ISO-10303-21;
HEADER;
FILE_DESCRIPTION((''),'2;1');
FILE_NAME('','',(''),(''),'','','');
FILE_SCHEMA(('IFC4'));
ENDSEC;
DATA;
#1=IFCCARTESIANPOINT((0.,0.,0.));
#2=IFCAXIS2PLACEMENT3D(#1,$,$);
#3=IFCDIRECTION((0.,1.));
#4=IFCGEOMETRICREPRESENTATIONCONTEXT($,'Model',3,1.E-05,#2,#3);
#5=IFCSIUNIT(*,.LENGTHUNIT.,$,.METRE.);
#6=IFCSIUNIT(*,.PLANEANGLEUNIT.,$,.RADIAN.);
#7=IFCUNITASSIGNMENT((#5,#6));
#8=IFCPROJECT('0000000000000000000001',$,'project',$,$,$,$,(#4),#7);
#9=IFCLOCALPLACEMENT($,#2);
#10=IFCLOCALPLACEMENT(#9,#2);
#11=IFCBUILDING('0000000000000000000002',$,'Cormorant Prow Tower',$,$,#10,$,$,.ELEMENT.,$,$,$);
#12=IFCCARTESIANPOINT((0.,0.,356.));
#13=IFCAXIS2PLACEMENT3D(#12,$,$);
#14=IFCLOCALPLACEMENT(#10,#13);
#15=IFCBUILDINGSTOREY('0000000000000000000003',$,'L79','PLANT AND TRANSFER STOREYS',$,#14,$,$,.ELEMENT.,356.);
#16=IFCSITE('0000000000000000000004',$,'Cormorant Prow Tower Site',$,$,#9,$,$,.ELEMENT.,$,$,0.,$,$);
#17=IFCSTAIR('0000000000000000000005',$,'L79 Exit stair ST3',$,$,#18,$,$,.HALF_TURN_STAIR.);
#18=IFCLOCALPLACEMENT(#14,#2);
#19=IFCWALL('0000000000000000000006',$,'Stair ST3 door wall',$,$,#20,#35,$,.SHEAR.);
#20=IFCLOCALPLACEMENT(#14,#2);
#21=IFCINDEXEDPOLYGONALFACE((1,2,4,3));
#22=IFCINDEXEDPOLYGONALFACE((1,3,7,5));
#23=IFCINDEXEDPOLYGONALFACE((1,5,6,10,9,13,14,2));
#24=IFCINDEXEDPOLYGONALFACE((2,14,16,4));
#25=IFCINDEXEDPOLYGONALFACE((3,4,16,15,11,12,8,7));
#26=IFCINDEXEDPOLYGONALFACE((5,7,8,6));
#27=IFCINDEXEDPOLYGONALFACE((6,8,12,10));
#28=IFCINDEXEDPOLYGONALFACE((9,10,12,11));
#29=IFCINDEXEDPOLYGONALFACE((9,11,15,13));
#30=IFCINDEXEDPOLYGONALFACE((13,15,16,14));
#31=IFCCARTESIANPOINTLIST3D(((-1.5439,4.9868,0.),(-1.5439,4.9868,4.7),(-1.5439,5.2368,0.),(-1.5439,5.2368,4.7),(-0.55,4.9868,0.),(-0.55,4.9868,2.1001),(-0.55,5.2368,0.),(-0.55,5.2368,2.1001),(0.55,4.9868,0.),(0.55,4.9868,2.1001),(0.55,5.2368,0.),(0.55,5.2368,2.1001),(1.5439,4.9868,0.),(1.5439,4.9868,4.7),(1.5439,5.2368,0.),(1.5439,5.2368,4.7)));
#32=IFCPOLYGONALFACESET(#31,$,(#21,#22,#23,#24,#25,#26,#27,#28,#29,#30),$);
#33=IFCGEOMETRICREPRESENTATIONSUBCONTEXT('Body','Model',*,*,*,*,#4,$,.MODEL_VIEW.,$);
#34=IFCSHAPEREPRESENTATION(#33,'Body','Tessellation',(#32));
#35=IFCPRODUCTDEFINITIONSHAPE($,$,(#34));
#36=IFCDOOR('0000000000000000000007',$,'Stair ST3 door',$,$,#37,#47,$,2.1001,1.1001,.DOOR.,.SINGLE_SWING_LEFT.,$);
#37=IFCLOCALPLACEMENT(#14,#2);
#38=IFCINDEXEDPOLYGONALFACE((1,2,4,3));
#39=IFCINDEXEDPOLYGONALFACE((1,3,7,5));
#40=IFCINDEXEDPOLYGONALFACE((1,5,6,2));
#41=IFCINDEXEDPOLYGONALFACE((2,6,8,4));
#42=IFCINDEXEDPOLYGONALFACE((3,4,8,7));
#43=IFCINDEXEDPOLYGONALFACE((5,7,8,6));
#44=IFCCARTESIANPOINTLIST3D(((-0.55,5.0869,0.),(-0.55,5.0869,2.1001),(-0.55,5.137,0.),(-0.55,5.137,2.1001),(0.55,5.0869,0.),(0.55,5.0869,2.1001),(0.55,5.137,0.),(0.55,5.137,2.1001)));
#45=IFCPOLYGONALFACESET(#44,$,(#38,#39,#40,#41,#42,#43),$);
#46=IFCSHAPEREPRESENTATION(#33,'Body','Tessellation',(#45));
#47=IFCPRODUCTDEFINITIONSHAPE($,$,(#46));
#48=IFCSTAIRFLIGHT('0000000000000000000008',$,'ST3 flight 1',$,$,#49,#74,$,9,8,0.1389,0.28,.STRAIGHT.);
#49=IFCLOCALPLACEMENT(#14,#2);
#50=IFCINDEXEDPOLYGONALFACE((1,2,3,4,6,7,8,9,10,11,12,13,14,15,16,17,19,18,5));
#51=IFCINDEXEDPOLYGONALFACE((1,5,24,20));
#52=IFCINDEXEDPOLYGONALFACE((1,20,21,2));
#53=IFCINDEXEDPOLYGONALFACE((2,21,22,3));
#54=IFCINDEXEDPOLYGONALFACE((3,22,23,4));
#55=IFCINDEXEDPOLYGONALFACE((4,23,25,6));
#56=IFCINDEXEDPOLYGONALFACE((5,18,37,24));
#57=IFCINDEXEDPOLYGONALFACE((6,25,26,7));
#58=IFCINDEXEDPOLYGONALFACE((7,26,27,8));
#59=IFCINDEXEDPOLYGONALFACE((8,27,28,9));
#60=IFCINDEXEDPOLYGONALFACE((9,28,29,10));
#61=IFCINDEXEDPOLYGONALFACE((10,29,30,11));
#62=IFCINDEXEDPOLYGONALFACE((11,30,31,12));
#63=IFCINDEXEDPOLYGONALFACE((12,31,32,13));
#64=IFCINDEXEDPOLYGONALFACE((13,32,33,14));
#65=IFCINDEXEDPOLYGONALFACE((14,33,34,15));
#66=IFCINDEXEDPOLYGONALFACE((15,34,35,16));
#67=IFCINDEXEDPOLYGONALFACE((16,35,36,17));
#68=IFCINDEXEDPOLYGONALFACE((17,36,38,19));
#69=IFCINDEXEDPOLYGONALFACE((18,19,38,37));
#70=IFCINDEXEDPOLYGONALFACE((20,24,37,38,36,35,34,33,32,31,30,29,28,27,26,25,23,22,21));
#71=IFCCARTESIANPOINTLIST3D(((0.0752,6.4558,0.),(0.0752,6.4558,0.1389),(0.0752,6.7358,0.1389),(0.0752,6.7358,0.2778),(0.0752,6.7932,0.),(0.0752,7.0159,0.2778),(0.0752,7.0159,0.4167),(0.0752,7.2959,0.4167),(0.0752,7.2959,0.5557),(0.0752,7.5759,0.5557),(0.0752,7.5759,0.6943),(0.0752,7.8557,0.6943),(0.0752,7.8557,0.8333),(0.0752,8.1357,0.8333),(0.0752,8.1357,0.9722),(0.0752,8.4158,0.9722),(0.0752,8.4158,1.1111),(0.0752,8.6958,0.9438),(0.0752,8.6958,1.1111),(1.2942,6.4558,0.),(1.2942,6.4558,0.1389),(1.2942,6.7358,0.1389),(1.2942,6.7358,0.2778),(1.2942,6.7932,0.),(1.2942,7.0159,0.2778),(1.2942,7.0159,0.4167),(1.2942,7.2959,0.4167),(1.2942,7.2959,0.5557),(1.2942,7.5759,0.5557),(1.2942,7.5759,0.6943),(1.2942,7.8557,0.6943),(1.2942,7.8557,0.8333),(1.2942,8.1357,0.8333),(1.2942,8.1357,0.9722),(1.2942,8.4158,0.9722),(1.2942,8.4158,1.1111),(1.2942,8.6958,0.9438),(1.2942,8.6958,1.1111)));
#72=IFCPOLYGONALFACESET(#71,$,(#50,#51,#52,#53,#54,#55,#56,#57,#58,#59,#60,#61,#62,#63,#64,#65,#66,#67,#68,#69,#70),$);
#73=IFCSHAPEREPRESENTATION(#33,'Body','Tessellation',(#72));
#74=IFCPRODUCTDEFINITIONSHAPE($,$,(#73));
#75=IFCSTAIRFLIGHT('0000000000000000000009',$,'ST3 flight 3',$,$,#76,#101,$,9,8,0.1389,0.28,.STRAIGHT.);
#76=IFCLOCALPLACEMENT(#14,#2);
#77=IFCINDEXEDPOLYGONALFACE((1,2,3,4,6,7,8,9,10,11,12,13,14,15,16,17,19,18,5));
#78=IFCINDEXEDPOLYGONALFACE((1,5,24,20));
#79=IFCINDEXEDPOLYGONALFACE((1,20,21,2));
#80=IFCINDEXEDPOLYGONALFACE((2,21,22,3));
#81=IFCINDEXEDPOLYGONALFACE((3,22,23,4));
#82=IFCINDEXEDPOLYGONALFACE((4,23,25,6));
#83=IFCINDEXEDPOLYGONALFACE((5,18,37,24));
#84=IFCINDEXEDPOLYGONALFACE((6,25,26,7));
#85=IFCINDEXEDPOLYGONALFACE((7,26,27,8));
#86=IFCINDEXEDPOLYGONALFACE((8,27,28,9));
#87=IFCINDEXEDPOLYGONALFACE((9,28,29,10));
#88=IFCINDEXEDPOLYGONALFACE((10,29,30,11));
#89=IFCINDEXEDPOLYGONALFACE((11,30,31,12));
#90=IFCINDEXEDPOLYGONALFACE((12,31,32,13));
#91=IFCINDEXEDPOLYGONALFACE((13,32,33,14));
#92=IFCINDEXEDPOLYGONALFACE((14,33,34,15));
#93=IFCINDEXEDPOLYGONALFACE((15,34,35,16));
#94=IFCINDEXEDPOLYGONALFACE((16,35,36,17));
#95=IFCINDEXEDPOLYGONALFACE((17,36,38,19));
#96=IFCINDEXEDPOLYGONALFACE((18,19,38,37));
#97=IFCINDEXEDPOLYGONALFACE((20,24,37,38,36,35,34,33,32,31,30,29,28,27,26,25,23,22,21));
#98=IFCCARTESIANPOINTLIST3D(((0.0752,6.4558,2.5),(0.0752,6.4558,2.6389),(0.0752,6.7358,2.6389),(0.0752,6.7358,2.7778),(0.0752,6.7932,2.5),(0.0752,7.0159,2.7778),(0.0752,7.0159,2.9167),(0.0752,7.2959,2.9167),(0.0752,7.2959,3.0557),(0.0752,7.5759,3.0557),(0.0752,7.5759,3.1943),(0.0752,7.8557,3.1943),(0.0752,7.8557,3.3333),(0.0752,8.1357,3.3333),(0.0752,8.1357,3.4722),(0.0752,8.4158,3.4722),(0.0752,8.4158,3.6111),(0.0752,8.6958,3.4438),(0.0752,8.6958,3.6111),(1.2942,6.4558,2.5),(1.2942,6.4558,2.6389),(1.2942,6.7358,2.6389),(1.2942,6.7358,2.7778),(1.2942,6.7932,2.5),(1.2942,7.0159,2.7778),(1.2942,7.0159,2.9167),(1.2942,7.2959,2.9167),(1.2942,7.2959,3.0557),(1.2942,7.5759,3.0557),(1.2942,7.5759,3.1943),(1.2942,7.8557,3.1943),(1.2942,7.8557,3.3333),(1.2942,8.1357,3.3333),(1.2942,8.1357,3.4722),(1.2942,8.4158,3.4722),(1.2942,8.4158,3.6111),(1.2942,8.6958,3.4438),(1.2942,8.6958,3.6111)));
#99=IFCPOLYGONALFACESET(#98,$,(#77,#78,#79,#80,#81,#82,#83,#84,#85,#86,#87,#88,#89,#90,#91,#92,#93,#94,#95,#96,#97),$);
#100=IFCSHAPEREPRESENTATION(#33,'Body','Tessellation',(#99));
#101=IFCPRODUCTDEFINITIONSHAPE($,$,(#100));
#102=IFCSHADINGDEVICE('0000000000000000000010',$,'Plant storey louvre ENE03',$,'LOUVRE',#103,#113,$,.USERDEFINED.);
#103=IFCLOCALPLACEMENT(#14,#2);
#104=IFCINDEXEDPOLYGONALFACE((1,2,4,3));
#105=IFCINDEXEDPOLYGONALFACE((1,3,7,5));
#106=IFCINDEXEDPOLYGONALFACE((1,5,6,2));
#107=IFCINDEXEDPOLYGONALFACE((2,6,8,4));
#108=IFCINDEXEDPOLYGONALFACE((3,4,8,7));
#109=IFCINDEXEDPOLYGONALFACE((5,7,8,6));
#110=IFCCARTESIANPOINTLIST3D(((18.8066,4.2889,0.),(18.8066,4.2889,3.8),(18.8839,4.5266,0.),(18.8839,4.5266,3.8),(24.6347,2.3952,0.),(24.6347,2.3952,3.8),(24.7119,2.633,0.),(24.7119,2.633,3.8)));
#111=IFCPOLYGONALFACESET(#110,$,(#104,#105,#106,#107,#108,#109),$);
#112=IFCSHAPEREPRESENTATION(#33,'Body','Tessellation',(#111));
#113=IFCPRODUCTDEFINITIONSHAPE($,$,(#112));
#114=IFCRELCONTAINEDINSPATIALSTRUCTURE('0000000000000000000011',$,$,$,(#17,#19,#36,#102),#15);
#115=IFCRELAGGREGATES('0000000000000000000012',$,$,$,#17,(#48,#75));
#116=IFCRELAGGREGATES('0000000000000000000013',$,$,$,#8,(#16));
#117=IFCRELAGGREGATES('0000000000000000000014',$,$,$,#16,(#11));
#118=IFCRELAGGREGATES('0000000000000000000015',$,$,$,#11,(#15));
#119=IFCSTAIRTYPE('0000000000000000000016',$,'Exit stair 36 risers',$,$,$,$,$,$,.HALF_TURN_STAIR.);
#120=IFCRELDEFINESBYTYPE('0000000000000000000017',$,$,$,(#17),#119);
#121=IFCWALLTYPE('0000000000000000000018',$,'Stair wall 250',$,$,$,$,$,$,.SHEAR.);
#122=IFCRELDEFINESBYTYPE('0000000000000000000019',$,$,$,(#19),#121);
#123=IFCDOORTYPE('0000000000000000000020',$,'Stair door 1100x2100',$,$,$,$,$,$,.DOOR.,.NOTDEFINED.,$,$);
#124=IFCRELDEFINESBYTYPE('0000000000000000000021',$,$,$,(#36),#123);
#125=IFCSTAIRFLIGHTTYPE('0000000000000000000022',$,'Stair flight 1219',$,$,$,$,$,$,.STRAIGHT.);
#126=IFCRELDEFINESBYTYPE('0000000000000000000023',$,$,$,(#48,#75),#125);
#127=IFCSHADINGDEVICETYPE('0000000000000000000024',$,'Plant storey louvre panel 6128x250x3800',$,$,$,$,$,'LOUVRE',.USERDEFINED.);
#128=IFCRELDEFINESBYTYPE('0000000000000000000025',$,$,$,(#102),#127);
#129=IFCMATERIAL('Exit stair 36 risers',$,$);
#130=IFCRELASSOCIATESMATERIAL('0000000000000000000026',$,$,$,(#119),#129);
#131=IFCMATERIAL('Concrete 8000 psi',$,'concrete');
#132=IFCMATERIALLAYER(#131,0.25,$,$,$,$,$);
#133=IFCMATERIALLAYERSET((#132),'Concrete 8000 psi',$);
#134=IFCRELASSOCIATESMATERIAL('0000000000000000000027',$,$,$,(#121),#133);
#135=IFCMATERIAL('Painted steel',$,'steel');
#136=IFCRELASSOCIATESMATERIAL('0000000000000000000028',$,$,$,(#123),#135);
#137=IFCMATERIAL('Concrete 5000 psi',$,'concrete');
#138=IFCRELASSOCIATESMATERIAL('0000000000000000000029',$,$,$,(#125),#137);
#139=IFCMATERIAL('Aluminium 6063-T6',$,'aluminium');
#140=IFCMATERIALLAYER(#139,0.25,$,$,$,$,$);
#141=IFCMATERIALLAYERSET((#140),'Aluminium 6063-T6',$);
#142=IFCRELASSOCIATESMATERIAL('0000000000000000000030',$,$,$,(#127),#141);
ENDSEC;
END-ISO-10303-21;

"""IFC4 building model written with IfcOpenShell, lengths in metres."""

from ifc_helpers import new_model, si_unit, direction, frame, frame_2d, origin, origin_2d, place, context, subcontext, project, spatial, polyline, rectangle, outline, extrude, material, layer, layer_set, type_object, element, fill, aggregate, save


model = new_model("IFC4")

# Units and contexts
model_context = context("Model", 3, precision=1e-05, world=origin(), true_north=direction((0.0, 1.0)))
body_context = subcontext(model_context, "Body", "Model", "MODEL_VIEW")
ifc_project = project(units=[si_unit("LENGTHUNIT", "METRE"), si_unit("PLANEANGLEUNIT", "RADIAN")], contexts=[model_context])

# Site, building, storey
site_placement = place(None, origin())
site = spatial("IfcSite", under=ifc_project, at=site_placement, Name="Cormorant Prow Tower Site", CompositionType="ELEMENT", RefElevation=0.0)
building_placement = place(site_placement, origin())
building = spatial("IfcBuilding", under=site, at=building_placement, Name="Cormorant Prow Tower", CompositionType="ELEMENT")
storey_placement = place(building_placement, frame((0.0, 0.0, 356.0)))
storey = spatial("IfcBuildingStorey", under=building, at=storey_placement, Name="L79", Description="PLANT AND TRANSFER STOREYS", CompositionType="ELEMENT", Elevation=356.0)

# Stair
ifc_material_1 = material(Name="Exit stair 36 risers")
stair_type = type_object("IfcStairType", Name="Exit stair 36 risers", PredefinedType="HALF_TURN_STAIR", material=ifc_material_1)
stair_placement = place(storey_placement, origin())
stair = element("IfcStair", 1, at=stair_placement, inside=storey, type_object=stair_type, Name="L79 Exit stair ST3", PredefinedType="HALF_TURN_STAIR")

# Wall, opening, door
ifc_material_2 = material(Name="Concrete 8000 psi", Category="concrete")
ifc_layer_1 = layer(ifc_material_2, 0.25)
ifc_layer_set_1 = layer_set([ifc_layer_1], Name="Concrete 8000 psi")
wall_type_1 = type_object("IfcWallType", Name="Stair wall 250", PredefinedType="SHEAR", material=ifc_layer_set_1)
wall_1_placement = place(storey_placement, frame((1.5439, 5.1118, 0.0), z_axis=(0.0, 0.0, 1.0), x_axis=(-1.0, 0.0, 0.0)))
wall_1 = element("IfcWall", 2, at=wall_1_placement, inside=storey, type_object=wall_type_1, Name="Stair ST3 door wall", PredefinedType="SHEAR", context=body_context, shape_type="SweptSolid", body=[
    extrude(rectangle(XDim=3.0879, YDim=0.25, at=frame_2d((1.5439, 0.0))), origin(), (0.0, 0.0, 1.0), 4.7),
])
opening_1_placement = place(wall_1_placement, frame((0.9939, 0.0, 0.0)))
opening_1 = element("IfcOpeningElement", 3, at=opening_1_placement, cuts=wall_1, PredefinedType="OPENING", context=body_context, shape_type="SweptSolid", body=[
    extrude(rectangle(XDim=1.1001, YDim=2.1001, at=frame_2d((0.55, 1.05))), frame((0.0, 0.135, 0.0), z_axis=(0.0, -1.0, 0.0), x_axis=(1.0, 0.0, 0.0)), (0.0, 0.0, 1.0), 0.27),
])
ifc_material_3 = material(Name="Painted steel", Category="steel")
door_type_1 = type_object("IfcDoorType", Name="Stair door 1100x2100", OperationType="NOTDEFINED", PredefinedType="DOOR", material=ifc_material_3)
door_1_placement = place(opening_1_placement, origin())
door_1 = element("IfcDoor", 4, at=door_1_placement, inside=storey, type_object=door_type_1, Name="Stair ST3 door", OperationType="SINGLE_SWING_LEFT", OverallHeight=2.1001, OverallWidth=1.1001, PredefinedType="DOOR", context=body_context, shape_type="SweptSolid", body=[
    extrude(rectangle(XDim=1.1001, YDim=2.1001, at=frame_2d((0.55, 1.05))), frame((0.0, 0.0249, 0.0), z_axis=(0.0, -1.0, 0.0), x_axis=(1.0, 0.0, 0.0)), (0.0, 0.0, 1.0), 0.05),
])
fill(opening_1, door_1)

# Stair flights
ifc_material_4 = material(Name="Concrete 5000 psi", Category="concrete")
stair_flight_type = type_object("IfcStairFlightType", Name="Stair flight 1219", PredefinedType="STRAIGHT", material=ifc_material_4)
stair_flight_1_placement = place(storey_placement, frame((0.6846, 6.4558, 0.0), z_axis=(0.0, 0.0, 1.0), x_axis=(0.0, 1.0, 0.0)))
stair_flight_1 = element("IfcStairFlight", 5, at=stair_flight_1_placement, type_object=stair_flight_type, Name="ST3 flight 1", NumberOfRisers=9, NumberOfTreads=8, PredefinedType="STRAIGHT", RiserHeight=0.1389, TreadLength=0.28, context=body_context, shape_type="SweptSolid", body=[
    extrude(outline(polyline([(0.0, 0.0), (0.0, 0.1389), (0.28, 0.1389), (0.28, 0.2778), (0.5601, 0.2778), (0.5601, 0.4167), (0.8401, 0.4167), (0.8401, 0.5557), (1.1201, 0.5557), (1.1201, 0.6943), (1.3999, 0.6943), (1.3999, 0.8333), (1.6799, 0.8333), (1.6799, 0.9722), (1.96, 0.9722), (1.96, 1.1111), (2.24, 1.1111), (2.24, 1.25), (2.24, 0.9438), (0.3374, 0.0), (0.0, 0.0)])), frame((0.0, 0.6094, 0.0), z_axis=(0.0, -1.0, 0.0), x_axis=(1.0, 0.0, 0.0)), (0.0, 0.0, 1.0), 1.219),
])
stair_flight_2_placement = place(storey_placement, frame((0.6846, 6.4558, 2.5), z_axis=(0.0, 0.0, 1.0), x_axis=(0.0, 1.0, 0.0)))
stair_flight_2 = element("IfcStairFlight", 6, at=stair_flight_2_placement, type_object=stair_flight_type, Name="ST3 flight 3", NumberOfRisers=9, NumberOfTreads=8, PredefinedType="STRAIGHT", RiserHeight=0.1389, TreadLength=0.28, context=body_context, shape_type="SweptSolid", body=[
    extrude(outline(polyline([(0.0, 0.0), (0.0, 0.1389), (0.28, 0.1389), (0.28, 0.2778), (0.5601, 0.2778), (0.5601, 0.4167), (0.8401, 0.4167), (0.8401, 0.5557), (1.1201, 0.5557), (1.1201, 0.6943), (1.3999, 0.6943), (1.3999, 0.8333), (1.6799, 0.8333), (1.6799, 0.9722), (1.96, 0.9722), (1.96, 1.1111), (2.24, 1.1111), (2.24, 1.25), (2.24, 0.9438), (0.3374, 0.0), (0.0, 0.0)])), frame((0.0, 0.6094, 0.0), z_axis=(0.0, -1.0, 0.0), x_axis=(1.0, 0.0, 0.0)), (0.0, 0.0, 1.0), 1.219),
])
aggregate(stair, [stair_flight_1, stair_flight_2])

# Shading device
ifc_material_5 = material(Name="Aluminium 6063-T6", Category="aluminium")
ifc_layer_2 = layer(ifc_material_5, 0.25)
ifc_layer_set_2 = layer_set([ifc_layer_2], Name="Aluminium 6063-T6")
shading_device_type = type_object("IfcShadingDeviceType", Name="Plant storey louvre panel 6128x250x3800", ElementType="LOUVRE", PredefinedType="USERDEFINED", material=ifc_layer_set_2)
shading_device_placement = place(storey_placement, frame((21.7593, 3.4609, 0.0), z_axis=(0.0, 0.0, 1.0), x_axis=(-0.951057, 0.309017, 0.0)))
element("IfcShadingDevice", 7, at=shading_device_placement, inside=storey, type_object=shading_device_type, Name="Plant storey louvre ENE03", ObjectType="LOUVRE", PredefinedType="USERDEFINED", context=body_context, shape_type="SweptSolid", body=[
    extrude(rectangle(XDim=6.1279, YDim=0.25, at=origin_2d()), origin(), (0.0, 0.0, 1.0), 3.8),
])

save(model, "model.ifc")
